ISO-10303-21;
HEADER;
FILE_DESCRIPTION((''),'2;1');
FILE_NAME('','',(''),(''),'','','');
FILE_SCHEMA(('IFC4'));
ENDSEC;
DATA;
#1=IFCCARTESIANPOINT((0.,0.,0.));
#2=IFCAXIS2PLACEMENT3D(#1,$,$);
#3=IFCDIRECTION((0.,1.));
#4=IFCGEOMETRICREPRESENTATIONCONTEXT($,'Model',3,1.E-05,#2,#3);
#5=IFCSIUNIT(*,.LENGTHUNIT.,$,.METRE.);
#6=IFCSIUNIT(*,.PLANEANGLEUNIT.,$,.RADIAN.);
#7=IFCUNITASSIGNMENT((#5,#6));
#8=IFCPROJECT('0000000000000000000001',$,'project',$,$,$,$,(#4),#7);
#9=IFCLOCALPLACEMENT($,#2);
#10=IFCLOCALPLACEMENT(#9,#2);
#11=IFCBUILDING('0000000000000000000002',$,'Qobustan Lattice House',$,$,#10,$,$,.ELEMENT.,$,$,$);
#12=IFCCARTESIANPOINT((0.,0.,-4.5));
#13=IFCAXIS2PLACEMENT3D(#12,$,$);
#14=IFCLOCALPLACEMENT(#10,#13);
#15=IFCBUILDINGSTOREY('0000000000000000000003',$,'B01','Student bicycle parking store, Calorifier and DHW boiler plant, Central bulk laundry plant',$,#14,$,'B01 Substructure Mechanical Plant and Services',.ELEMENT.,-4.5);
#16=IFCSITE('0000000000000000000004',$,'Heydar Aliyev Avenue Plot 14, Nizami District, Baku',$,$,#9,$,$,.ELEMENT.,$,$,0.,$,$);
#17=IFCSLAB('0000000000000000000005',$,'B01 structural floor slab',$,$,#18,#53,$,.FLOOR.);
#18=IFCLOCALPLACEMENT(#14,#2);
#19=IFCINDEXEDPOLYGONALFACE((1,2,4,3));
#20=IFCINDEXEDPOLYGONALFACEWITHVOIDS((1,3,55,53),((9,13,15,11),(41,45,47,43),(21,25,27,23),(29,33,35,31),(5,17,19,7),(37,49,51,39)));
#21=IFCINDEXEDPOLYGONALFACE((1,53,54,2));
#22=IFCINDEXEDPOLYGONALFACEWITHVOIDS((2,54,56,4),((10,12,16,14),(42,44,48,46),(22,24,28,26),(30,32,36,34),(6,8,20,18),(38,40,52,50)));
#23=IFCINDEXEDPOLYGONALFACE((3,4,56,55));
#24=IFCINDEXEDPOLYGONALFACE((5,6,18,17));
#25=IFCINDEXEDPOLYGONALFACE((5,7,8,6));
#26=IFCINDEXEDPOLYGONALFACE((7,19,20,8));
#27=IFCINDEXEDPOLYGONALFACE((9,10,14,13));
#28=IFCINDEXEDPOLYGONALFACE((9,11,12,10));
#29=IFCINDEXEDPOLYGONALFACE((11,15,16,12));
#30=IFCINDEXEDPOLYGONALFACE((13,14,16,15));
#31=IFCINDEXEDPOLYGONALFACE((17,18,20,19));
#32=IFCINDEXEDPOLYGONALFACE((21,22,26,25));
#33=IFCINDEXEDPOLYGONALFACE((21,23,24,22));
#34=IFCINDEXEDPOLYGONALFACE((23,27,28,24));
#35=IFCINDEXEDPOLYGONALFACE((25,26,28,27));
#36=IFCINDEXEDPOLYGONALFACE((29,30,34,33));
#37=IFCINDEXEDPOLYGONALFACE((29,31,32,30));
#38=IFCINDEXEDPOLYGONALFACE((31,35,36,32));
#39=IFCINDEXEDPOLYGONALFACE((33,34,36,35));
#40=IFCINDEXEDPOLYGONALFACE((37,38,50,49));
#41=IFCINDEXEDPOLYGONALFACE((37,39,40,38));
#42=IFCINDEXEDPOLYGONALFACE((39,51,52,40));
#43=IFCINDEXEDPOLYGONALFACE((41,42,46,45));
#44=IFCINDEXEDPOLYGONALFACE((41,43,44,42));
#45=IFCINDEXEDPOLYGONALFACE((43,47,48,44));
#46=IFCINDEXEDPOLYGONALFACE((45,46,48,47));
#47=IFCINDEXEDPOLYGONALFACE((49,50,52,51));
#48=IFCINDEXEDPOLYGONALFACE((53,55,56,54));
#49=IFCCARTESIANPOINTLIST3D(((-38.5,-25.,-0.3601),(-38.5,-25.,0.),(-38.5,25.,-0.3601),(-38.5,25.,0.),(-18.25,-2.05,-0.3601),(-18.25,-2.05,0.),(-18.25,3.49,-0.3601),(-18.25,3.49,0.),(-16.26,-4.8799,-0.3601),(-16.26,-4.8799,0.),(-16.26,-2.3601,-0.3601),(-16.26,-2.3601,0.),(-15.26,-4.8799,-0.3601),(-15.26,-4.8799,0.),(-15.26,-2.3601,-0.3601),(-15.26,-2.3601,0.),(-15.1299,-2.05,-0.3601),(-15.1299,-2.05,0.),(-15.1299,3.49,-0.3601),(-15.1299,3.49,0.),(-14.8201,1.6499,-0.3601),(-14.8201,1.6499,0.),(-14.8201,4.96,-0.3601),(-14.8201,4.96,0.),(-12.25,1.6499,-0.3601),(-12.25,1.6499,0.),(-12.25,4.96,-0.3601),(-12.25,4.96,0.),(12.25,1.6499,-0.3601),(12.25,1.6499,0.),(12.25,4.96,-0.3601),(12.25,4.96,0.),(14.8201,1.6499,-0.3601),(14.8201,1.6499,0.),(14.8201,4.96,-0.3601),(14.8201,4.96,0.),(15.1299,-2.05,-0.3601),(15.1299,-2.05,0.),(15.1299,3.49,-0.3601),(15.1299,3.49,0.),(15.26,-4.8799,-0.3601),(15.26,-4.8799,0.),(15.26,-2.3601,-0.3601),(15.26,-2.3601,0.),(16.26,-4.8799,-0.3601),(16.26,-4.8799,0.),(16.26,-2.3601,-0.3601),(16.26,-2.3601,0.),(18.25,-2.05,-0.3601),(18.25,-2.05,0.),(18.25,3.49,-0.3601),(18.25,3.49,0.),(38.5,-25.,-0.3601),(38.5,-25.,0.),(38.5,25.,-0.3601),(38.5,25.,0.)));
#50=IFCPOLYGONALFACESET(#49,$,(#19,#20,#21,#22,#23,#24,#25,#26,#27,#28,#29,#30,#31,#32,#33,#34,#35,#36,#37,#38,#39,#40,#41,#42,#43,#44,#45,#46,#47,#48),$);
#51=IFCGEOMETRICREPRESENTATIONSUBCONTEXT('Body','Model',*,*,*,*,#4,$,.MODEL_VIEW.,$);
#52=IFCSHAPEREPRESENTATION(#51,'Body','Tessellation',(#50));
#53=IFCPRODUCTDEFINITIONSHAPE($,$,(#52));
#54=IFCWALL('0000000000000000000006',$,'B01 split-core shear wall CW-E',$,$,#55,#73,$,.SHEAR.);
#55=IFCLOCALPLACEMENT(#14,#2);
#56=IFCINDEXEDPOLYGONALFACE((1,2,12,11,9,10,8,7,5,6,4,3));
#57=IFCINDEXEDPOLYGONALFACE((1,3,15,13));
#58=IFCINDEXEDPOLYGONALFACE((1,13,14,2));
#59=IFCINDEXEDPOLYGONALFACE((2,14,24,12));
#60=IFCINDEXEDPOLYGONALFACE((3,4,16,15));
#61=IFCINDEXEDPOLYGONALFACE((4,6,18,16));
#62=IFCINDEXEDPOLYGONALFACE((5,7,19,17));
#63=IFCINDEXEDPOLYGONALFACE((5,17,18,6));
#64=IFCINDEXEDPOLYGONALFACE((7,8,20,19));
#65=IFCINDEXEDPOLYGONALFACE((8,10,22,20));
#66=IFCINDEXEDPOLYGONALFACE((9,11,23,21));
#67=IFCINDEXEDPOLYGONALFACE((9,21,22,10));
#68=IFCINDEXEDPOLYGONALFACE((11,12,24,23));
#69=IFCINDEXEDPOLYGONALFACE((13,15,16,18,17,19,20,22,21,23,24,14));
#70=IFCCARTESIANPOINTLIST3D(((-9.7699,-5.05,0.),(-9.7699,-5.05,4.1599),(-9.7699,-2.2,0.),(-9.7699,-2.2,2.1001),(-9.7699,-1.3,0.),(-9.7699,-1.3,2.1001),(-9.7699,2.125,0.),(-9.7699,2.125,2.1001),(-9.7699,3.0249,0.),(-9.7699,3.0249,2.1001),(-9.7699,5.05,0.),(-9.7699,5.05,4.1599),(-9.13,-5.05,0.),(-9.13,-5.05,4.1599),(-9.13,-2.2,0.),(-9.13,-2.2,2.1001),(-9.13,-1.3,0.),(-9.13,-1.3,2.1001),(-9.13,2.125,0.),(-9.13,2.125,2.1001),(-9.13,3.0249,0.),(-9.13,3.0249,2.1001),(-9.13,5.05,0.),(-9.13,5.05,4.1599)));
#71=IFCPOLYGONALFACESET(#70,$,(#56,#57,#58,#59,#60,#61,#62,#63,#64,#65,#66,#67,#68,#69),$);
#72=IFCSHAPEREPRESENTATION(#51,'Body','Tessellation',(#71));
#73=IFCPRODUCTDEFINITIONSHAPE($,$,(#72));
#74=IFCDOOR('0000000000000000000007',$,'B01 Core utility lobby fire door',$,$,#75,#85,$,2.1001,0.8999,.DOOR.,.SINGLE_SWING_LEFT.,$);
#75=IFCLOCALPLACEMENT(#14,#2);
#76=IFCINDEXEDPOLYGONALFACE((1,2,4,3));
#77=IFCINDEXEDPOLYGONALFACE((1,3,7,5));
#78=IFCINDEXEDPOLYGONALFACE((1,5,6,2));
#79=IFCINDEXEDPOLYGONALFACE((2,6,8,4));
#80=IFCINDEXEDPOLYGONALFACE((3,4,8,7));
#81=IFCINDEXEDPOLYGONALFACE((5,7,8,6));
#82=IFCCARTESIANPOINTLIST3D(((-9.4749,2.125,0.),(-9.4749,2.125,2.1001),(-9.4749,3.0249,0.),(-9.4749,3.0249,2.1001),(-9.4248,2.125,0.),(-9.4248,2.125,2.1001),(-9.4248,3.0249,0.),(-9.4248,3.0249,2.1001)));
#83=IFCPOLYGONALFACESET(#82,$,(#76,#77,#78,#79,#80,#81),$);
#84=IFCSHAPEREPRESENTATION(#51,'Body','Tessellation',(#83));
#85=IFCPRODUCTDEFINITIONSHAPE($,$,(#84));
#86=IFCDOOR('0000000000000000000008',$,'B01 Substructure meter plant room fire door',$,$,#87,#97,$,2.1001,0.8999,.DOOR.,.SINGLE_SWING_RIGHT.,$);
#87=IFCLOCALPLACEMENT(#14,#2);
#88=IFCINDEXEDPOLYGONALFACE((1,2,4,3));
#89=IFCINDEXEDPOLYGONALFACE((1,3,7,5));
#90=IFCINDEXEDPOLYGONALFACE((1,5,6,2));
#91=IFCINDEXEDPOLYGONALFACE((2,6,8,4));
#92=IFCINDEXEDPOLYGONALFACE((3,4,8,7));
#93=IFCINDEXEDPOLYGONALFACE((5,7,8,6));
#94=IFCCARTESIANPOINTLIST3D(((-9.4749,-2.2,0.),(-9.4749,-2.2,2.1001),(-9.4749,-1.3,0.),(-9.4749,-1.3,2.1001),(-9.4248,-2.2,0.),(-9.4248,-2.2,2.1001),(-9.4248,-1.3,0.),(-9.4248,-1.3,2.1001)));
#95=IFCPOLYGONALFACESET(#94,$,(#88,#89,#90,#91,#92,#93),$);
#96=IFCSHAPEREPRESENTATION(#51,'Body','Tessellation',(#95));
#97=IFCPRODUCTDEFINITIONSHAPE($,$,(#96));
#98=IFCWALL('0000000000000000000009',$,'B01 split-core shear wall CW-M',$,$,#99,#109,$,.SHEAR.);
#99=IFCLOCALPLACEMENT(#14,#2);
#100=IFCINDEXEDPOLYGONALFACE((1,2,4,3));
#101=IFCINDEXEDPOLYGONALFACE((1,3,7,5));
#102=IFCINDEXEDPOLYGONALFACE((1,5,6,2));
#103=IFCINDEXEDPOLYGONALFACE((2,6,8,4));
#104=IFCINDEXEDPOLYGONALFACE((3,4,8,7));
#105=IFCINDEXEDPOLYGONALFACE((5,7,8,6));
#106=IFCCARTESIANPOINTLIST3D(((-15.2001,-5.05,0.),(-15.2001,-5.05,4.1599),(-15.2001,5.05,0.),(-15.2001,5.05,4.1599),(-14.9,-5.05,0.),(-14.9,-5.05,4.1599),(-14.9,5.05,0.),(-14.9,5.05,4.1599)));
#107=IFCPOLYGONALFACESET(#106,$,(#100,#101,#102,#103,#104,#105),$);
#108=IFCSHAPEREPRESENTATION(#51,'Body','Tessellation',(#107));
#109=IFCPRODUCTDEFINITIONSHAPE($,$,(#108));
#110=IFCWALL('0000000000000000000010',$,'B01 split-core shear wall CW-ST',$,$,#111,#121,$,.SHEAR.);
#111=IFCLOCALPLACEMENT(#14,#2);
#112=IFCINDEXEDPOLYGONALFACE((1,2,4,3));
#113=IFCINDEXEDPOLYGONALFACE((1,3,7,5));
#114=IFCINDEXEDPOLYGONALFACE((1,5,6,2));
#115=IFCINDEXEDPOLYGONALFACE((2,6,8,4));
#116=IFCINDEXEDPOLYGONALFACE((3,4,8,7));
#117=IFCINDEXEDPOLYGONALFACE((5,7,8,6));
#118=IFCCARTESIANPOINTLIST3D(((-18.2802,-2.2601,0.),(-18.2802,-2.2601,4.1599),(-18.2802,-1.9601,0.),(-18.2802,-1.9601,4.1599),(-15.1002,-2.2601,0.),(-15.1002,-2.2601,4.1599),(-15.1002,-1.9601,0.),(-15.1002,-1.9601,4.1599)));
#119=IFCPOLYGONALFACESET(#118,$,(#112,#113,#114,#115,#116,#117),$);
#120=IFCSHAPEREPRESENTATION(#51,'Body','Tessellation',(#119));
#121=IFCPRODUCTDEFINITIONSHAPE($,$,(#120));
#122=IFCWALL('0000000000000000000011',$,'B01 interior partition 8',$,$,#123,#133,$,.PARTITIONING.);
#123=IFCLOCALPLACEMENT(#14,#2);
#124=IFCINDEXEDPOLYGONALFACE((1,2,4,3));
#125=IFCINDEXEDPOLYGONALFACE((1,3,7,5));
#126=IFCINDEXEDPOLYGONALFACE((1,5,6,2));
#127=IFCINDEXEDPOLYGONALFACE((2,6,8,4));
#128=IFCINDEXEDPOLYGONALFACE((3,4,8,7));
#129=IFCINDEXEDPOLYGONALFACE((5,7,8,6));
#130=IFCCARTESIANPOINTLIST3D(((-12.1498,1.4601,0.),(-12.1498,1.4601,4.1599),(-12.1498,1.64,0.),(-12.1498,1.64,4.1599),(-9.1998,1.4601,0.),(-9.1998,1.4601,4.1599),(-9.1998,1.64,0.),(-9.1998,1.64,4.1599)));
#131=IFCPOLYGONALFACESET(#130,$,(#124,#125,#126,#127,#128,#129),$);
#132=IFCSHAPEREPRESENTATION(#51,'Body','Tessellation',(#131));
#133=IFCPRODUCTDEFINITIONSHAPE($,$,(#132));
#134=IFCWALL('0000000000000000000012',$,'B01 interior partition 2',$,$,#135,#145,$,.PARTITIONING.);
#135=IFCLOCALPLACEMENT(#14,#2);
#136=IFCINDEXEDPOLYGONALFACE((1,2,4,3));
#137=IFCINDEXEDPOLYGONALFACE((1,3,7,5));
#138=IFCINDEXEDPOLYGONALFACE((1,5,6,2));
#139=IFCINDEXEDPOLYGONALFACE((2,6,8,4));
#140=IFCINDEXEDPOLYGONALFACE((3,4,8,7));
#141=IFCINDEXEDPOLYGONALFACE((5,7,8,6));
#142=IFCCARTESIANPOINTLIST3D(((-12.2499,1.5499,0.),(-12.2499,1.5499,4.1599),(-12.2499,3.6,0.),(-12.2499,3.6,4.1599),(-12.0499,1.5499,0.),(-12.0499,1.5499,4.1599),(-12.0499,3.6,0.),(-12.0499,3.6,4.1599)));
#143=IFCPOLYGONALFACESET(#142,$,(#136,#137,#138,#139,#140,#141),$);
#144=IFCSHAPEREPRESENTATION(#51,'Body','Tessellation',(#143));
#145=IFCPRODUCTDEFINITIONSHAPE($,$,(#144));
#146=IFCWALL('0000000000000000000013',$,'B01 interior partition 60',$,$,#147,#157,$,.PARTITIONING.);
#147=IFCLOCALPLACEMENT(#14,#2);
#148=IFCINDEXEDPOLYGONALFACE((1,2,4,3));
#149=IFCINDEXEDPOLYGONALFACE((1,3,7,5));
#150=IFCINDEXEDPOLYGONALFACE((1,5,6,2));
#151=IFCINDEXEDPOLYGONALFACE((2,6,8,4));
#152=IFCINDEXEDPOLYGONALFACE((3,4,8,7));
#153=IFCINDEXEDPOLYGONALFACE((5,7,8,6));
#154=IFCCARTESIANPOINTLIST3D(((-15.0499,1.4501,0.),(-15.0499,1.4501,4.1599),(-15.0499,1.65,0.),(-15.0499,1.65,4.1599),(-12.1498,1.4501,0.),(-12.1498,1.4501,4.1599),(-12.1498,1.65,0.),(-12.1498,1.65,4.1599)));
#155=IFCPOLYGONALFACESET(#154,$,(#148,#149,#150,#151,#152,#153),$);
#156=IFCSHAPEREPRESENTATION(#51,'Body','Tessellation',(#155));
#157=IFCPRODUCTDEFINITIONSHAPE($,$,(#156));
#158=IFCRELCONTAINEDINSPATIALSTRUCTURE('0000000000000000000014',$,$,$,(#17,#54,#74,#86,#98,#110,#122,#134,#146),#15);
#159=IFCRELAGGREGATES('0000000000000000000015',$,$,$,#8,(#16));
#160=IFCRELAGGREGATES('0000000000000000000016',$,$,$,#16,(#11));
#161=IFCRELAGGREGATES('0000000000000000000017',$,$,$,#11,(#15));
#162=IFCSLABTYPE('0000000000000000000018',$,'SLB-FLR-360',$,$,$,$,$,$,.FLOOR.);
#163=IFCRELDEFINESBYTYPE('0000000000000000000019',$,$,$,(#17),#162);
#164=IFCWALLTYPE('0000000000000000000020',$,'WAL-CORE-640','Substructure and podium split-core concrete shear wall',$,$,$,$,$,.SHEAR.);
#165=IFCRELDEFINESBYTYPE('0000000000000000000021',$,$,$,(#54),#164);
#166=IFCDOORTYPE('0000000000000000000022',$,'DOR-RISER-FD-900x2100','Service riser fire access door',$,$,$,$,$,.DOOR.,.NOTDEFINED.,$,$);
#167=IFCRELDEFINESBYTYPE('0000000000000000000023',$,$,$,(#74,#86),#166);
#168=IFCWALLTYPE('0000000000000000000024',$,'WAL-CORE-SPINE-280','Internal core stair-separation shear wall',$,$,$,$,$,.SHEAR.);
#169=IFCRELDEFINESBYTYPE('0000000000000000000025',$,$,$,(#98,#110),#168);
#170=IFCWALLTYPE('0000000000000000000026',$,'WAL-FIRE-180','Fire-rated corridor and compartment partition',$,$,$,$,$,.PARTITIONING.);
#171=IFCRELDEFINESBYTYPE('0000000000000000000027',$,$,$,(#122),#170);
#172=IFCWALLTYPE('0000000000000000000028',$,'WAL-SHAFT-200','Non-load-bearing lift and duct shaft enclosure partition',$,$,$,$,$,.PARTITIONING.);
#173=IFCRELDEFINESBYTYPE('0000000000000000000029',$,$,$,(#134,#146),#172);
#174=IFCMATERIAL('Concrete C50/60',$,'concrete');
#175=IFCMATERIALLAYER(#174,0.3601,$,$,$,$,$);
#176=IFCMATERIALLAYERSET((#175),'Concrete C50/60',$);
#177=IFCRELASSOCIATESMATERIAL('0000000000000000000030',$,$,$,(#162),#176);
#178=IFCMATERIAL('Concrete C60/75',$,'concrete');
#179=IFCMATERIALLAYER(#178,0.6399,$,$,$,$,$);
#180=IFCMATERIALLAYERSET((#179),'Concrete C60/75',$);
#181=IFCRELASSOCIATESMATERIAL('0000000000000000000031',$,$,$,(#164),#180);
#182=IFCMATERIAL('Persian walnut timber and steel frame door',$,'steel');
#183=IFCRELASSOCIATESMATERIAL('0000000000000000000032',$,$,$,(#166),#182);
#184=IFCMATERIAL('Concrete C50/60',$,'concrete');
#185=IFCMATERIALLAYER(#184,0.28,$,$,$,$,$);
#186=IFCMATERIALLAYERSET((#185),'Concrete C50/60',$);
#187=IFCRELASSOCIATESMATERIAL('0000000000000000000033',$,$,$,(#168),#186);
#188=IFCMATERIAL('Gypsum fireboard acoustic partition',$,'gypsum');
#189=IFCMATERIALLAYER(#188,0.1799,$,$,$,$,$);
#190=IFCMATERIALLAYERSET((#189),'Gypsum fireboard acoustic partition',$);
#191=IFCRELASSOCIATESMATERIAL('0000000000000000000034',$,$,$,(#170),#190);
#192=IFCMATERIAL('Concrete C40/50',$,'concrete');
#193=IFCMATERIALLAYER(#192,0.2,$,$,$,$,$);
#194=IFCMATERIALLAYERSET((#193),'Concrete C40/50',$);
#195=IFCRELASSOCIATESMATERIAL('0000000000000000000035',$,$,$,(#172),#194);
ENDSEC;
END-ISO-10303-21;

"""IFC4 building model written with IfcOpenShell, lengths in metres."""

from ifc_helpers import new_model, si_unit, direction, frame, frame_2d, origin, place, context, subcontext, project, spatial, polyline, rectangle, outline, extrude, material, layer, layer_set, type_object, element, fill, save


model = new_model("IFC4")

# Units and contexts
model_context = context("Model", 3, precision=1e-05, world=origin(), true_north=direction((0.0, 1.0)))
body_context = subcontext(model_context, "Body", "Model", "MODEL_VIEW")
ifc_project = project(units=[si_unit("LENGTHUNIT", "METRE"), si_unit("PLANEANGLEUNIT", "RADIAN")], contexts=[model_context])

# Site, building, storey
site_placement = place(None, origin())
site = spatial("IfcSite", under=ifc_project, at=site_placement, Name="Heydar Aliyev Avenue Plot 14, Nizami District, Baku", CompositionType="ELEMENT", RefElevation=0.0)
building_placement = place(site_placement, origin())
building = spatial("IfcBuilding", under=site, at=building_placement, Name="Qobustan Lattice House", CompositionType="ELEMENT")
storey_placement = place(building_placement, frame((0.0, 0.0, -4.5)))
storey = spatial("IfcBuildingStorey", under=building, at=storey_placement, Name="B01", Description="Student bicycle parking store, Calorifier and DHW boiler plant, Central bulk laundry plant", LongName="B01 Substructure Mechanical Plant and Services", CompositionType="ELEMENT", Elevation=-4.5)

# Slab
ifc_material_1 = material(Name="Concrete C50/60", Category="concrete")
ifc_layer_1 = layer(ifc_material_1, 0.3601)
ifc_layer_set_1 = layer_set([ifc_layer_1], Name="Concrete C50/60")
slab_type = type_object("IfcSlabType", Name="SLB-FLR-360", PredefinedType="FLOOR", material=ifc_layer_set_1)
slab_placement = place(storey_placement, frame((0.0, 0.0, -0.3601)))
element("IfcSlab", 1, at=slab_placement, inside=storey, type_object=slab_type, Name="B01 structural floor slab", PredefinedType="FLOOR", context=body_context, shape_type="SweptSolid", body=[
    extrude(outline(polyline([(-38.5, -25.0), (38.5, -25.0), (38.5, 25.0), (-38.5, 25.0), (-38.5, -25.0)]), holes=[polyline([(-18.25, -2.05), (-18.25, 3.49), (-15.1299, 3.49), (-15.1299, -2.05), (-18.25, -2.05)]), polyline([(15.1299, -2.05), (15.1299, 3.49), (18.25, 3.49), (18.25, -2.05), (15.1299, -2.05)]), polyline([(-14.8201, 1.6499), (-14.8201, 4.96), (-12.25, 4.96), (-12.25, 1.6499), (-14.8201, 1.6499)]), polyline([(12.25, 1.6499), (12.25, 4.96), (14.8201, 4.96), (14.8201, 1.6499), (12.25, 1.6499)]), polyline([(-16.26, -4.8799), (-16.26, -2.3601), (-15.26, -2.3601), (-15.26, -4.8799), (-16.26, -4.8799)]), polyline([(15.26, -4.8799), (15.26, -2.3601), (16.26, -2.3601), (16.26, -4.8799), (15.26, -4.8799)])]), origin(), (0.0, 0.0, 1.0), 0.3601),
])

# Wall, openings, doors
ifc_material_2 = material(Name="Concrete C60/75", Category="concrete")
ifc_layer_2 = layer(ifc_material_2, 0.6399)
ifc_layer_set_2 = layer_set([ifc_layer_2], Name="Concrete C60/75")
wall_type_1 = type_object("IfcWallType", Name="WAL-CORE-640", Description="Substructure and podium split-core concrete shear wall", PredefinedType="SHEAR", material=ifc_layer_set_2)
wall_1_placement = place(storey_placement, frame((-9.45, -5.05, 0.0), z_axis=(0.0, 0.0, 1.0), x_axis=(0.0, 1.0, 0.0)))
wall_1 = element("IfcWall", 2, at=wall_1_placement, inside=storey, type_object=wall_type_1, Name="B01 split-core shear wall CW-E", PredefinedType="SHEAR", context=body_context, shape_type="SweptSolid", body=[
    extrude(rectangle(XDim=10.1001, YDim=0.6399, at=frame_2d((5.05, 0.0))), origin(), (0.0, 0.0, 1.0), 4.1599),
])
opening_1_placement = place(wall_1_placement, frame((7.175, 0.0, 0.0)))
opening_1 = element("IfcOpeningElement", 3, at=opening_1_placement, cuts=wall_1, PredefinedType="OPENING", context=body_context, shape_type="SweptSolid", body=[
    extrude(rectangle(XDim=0.8999, YDim=2.1001, at=frame_2d((0.45, 1.05))), frame((0.0, 0.3298, 0.0), z_axis=(0.0, -1.0, 0.0), x_axis=(1.0, 0.0, 0.0)), (0.0, 0.0, 1.0), 0.6599),
])
opening_2_placement = place(wall_1_placement, frame((2.8501, 0.0, 0.0)))
opening_2 = element("IfcOpeningElement", 4, at=opening_2_placement, cuts=wall_1, PredefinedType="OPENING", context=body_context, shape_type="SweptSolid", body=[
    extrude(rectangle(XDim=0.8999, YDim=2.1001, at=frame_2d((0.45, 1.05))), frame((0.0, 0.3298, 0.0), z_axis=(0.0, -1.0, 0.0), x_axis=(1.0, 0.0, 0.0)), (0.0, 0.0, 1.0), 0.6599),
])
ifc_material_3 = material(Name="Persian walnut timber and steel frame door", Category="steel")
door_type = type_object("IfcDoorType", Name="DOR-RISER-FD-900x2100", Description="Service riser fire access door", OperationType="NOTDEFINED", PredefinedType="DOOR", material=ifc_material_3)
door_1_placement = place(opening_1_placement, origin())
door_1 = element("IfcDoor", 5, at=door_1_placement, inside=storey, type_object=door_type, Name="B01 Core utility lobby fire door", OperationType="SINGLE_SWING_LEFT", OverallHeight=2.1001, OverallWidth=0.8999, PredefinedType="DOOR", context=body_context, shape_type="SweptSolid", body=[
    extrude(rectangle(XDim=0.8999, YDim=2.1001, at=frame_2d((0.45, 1.05))), frame((0.0, 0.0249, 0.0), z_axis=(0.0, -1.0, 0.0), x_axis=(1.0, 0.0, 0.0)), (0.0, 0.0, 1.0), 0.05),
])
fill(opening_1, door_1)
door_2_placement = place(opening_2_placement, origin())
door_2 = element("IfcDoor", 6, at=door_2_placement, inside=storey, type_object=door_type, Name="B01 Substructure meter plant room fire door", OperationType="SINGLE_SWING_RIGHT", OverallHeight=2.1001, OverallWidth=0.8999, PredefinedType="DOOR", context=body_context, shape_type="SweptSolid", body=[
    extrude(rectangle(XDim=0.8999, YDim=2.1001, at=frame_2d((0.45, 1.05))), frame((0.0, 0.0249, 0.0), z_axis=(0.0, -1.0, 0.0), x_axis=(1.0, 0.0, 0.0)), (0.0, 0.0, 1.0), 0.05),
])
fill(opening_2, door_2)

# Walls
ifc_material_4 = material(Name="Concrete C50/60", Category="concrete")
ifc_layer_3 = layer(ifc_material_4, 0.28)
ifc_layer_set_3 = layer_set([ifc_layer_3], Name="Concrete C50/60")
wall_type_2 = type_object("IfcWallType", Name="WAL-CORE-SPINE-280", Description="Internal core stair-separation shear wall", PredefinedType="SHEAR", material=ifc_layer_set_3)
wall_2_placement = place(storey_placement, frame((-15.05, -5.05, 0.0), z_axis=(0.0, 0.0, 1.0), x_axis=(0.0, 1.0, 0.0)))
element("IfcWall", 7, at=wall_2_placement, inside=storey, type_object=wall_type_2, Name="B01 split-core shear wall CW-M", PredefinedType="SHEAR", context=body_context, shape_type="SweptSolid", body=[
    extrude(rectangle(XDim=10.1001, YDim=0.3, at=frame_2d((5.05, 0.0))), origin(), (0.0, 0.0, 1.0), 4.1599),
])
wall_3_placement = place(storey_placement, frame((-18.28, -2.1101, 0.0), z_axis=(0.0, 0.0, 1.0), x_axis=(1.0, 0.0, 0.0)))
element("IfcWall", 8, at=wall_3_placement, inside=storey, type_object=wall_type_2, Name="B01 split-core shear wall CW-ST", PredefinedType="SHEAR", context=body_context, shape_type="SweptSolid", body=[
    extrude(rectangle(XDim=3.1799, YDim=0.3, at=frame_2d((1.5898, 0.0))), origin(), (0.0, 0.0, 1.0), 4.1599),
])
ifc_material_5 = material(Name="Gypsum fireboard acoustic partition", Category="gypsum")
ifc_layer_4 = layer(ifc_material_5, 0.1799)
ifc_layer_set_4 = layer_set([ifc_layer_4], Name="Gypsum fireboard acoustic partition")
wall_type_3 = type_object("IfcWallType", Name="WAL-FIRE-180", Description="Fire-rated corridor and compartment partition", PredefinedType="PARTITIONING", material=ifc_layer_set_4)
wall_4_placement = place(storey_placement, frame((-12.1499, 1.55, 0.0), z_axis=(0.0, 0.0, 1.0), x_axis=(1.0, 0.0, 0.0)))
element("IfcWall", 9, at=wall_4_placement, inside=storey, type_object=wall_type_3, Name="B01 interior partition 8", PredefinedType="PARTITIONING", context=body_context, shape_type="SweptSolid", body=[
    extrude(rectangle(XDim=2.95, YDim=0.1799, at=frame_2d((1.4751, 0.0))), origin(), (0.0, 0.0, 1.0), 4.1599),
])
ifc_material_6 = material(Name="Concrete C40/50", Category="concrete")
ifc_layer_5 = layer(ifc_material_6, 0.2)
ifc_layer_set_5 = layer_set([ifc_layer_5], Name="Concrete C40/50")
wall_type_4 = type_object("IfcWallType", Name="WAL-SHAFT-200", Description="Non-load-bearing lift and duct shaft enclosure partition", PredefinedType="PARTITIONING", material=ifc_layer_set_5)
wall_5_placement = place(storey_placement, frame((-12.1499, 1.55, 0.0), z_axis=(0.0, 0.0, 1.0), x_axis=(0.0, 1.0, 0.0)))
element("IfcWall", 10, at=wall_5_placement, inside=storey, type_object=wall_type_4, Name="B01 interior partition 2", PredefinedType="PARTITIONING", context=body_context, shape_type="SweptSolid", body=[
    extrude(rectangle(XDim=2.05, YDim=0.2, at=frame_2d((1.0249, 0.0))), origin(), (0.0, 0.0, 1.0), 4.1599),
])
wall_6_placement = place(storey_placement, frame((-15.05, 1.55, 0.0), z_axis=(0.0, 0.0, 1.0), x_axis=(1.0, 0.0, 0.0)))
element("IfcWall", 11, at=wall_6_placement, inside=storey, type_object=wall_type_4, Name="B01 interior partition 60", PredefinedType="PARTITIONING", context=body_context, shape_type="SweptSolid", body=[
    extrude(rectangle(XDim=2.9001, YDim=0.2, at=frame_2d((1.4502, 0.0))), origin(), (0.0, 0.0, 1.0), 4.1599),
])

save(model, "model.ifc")
